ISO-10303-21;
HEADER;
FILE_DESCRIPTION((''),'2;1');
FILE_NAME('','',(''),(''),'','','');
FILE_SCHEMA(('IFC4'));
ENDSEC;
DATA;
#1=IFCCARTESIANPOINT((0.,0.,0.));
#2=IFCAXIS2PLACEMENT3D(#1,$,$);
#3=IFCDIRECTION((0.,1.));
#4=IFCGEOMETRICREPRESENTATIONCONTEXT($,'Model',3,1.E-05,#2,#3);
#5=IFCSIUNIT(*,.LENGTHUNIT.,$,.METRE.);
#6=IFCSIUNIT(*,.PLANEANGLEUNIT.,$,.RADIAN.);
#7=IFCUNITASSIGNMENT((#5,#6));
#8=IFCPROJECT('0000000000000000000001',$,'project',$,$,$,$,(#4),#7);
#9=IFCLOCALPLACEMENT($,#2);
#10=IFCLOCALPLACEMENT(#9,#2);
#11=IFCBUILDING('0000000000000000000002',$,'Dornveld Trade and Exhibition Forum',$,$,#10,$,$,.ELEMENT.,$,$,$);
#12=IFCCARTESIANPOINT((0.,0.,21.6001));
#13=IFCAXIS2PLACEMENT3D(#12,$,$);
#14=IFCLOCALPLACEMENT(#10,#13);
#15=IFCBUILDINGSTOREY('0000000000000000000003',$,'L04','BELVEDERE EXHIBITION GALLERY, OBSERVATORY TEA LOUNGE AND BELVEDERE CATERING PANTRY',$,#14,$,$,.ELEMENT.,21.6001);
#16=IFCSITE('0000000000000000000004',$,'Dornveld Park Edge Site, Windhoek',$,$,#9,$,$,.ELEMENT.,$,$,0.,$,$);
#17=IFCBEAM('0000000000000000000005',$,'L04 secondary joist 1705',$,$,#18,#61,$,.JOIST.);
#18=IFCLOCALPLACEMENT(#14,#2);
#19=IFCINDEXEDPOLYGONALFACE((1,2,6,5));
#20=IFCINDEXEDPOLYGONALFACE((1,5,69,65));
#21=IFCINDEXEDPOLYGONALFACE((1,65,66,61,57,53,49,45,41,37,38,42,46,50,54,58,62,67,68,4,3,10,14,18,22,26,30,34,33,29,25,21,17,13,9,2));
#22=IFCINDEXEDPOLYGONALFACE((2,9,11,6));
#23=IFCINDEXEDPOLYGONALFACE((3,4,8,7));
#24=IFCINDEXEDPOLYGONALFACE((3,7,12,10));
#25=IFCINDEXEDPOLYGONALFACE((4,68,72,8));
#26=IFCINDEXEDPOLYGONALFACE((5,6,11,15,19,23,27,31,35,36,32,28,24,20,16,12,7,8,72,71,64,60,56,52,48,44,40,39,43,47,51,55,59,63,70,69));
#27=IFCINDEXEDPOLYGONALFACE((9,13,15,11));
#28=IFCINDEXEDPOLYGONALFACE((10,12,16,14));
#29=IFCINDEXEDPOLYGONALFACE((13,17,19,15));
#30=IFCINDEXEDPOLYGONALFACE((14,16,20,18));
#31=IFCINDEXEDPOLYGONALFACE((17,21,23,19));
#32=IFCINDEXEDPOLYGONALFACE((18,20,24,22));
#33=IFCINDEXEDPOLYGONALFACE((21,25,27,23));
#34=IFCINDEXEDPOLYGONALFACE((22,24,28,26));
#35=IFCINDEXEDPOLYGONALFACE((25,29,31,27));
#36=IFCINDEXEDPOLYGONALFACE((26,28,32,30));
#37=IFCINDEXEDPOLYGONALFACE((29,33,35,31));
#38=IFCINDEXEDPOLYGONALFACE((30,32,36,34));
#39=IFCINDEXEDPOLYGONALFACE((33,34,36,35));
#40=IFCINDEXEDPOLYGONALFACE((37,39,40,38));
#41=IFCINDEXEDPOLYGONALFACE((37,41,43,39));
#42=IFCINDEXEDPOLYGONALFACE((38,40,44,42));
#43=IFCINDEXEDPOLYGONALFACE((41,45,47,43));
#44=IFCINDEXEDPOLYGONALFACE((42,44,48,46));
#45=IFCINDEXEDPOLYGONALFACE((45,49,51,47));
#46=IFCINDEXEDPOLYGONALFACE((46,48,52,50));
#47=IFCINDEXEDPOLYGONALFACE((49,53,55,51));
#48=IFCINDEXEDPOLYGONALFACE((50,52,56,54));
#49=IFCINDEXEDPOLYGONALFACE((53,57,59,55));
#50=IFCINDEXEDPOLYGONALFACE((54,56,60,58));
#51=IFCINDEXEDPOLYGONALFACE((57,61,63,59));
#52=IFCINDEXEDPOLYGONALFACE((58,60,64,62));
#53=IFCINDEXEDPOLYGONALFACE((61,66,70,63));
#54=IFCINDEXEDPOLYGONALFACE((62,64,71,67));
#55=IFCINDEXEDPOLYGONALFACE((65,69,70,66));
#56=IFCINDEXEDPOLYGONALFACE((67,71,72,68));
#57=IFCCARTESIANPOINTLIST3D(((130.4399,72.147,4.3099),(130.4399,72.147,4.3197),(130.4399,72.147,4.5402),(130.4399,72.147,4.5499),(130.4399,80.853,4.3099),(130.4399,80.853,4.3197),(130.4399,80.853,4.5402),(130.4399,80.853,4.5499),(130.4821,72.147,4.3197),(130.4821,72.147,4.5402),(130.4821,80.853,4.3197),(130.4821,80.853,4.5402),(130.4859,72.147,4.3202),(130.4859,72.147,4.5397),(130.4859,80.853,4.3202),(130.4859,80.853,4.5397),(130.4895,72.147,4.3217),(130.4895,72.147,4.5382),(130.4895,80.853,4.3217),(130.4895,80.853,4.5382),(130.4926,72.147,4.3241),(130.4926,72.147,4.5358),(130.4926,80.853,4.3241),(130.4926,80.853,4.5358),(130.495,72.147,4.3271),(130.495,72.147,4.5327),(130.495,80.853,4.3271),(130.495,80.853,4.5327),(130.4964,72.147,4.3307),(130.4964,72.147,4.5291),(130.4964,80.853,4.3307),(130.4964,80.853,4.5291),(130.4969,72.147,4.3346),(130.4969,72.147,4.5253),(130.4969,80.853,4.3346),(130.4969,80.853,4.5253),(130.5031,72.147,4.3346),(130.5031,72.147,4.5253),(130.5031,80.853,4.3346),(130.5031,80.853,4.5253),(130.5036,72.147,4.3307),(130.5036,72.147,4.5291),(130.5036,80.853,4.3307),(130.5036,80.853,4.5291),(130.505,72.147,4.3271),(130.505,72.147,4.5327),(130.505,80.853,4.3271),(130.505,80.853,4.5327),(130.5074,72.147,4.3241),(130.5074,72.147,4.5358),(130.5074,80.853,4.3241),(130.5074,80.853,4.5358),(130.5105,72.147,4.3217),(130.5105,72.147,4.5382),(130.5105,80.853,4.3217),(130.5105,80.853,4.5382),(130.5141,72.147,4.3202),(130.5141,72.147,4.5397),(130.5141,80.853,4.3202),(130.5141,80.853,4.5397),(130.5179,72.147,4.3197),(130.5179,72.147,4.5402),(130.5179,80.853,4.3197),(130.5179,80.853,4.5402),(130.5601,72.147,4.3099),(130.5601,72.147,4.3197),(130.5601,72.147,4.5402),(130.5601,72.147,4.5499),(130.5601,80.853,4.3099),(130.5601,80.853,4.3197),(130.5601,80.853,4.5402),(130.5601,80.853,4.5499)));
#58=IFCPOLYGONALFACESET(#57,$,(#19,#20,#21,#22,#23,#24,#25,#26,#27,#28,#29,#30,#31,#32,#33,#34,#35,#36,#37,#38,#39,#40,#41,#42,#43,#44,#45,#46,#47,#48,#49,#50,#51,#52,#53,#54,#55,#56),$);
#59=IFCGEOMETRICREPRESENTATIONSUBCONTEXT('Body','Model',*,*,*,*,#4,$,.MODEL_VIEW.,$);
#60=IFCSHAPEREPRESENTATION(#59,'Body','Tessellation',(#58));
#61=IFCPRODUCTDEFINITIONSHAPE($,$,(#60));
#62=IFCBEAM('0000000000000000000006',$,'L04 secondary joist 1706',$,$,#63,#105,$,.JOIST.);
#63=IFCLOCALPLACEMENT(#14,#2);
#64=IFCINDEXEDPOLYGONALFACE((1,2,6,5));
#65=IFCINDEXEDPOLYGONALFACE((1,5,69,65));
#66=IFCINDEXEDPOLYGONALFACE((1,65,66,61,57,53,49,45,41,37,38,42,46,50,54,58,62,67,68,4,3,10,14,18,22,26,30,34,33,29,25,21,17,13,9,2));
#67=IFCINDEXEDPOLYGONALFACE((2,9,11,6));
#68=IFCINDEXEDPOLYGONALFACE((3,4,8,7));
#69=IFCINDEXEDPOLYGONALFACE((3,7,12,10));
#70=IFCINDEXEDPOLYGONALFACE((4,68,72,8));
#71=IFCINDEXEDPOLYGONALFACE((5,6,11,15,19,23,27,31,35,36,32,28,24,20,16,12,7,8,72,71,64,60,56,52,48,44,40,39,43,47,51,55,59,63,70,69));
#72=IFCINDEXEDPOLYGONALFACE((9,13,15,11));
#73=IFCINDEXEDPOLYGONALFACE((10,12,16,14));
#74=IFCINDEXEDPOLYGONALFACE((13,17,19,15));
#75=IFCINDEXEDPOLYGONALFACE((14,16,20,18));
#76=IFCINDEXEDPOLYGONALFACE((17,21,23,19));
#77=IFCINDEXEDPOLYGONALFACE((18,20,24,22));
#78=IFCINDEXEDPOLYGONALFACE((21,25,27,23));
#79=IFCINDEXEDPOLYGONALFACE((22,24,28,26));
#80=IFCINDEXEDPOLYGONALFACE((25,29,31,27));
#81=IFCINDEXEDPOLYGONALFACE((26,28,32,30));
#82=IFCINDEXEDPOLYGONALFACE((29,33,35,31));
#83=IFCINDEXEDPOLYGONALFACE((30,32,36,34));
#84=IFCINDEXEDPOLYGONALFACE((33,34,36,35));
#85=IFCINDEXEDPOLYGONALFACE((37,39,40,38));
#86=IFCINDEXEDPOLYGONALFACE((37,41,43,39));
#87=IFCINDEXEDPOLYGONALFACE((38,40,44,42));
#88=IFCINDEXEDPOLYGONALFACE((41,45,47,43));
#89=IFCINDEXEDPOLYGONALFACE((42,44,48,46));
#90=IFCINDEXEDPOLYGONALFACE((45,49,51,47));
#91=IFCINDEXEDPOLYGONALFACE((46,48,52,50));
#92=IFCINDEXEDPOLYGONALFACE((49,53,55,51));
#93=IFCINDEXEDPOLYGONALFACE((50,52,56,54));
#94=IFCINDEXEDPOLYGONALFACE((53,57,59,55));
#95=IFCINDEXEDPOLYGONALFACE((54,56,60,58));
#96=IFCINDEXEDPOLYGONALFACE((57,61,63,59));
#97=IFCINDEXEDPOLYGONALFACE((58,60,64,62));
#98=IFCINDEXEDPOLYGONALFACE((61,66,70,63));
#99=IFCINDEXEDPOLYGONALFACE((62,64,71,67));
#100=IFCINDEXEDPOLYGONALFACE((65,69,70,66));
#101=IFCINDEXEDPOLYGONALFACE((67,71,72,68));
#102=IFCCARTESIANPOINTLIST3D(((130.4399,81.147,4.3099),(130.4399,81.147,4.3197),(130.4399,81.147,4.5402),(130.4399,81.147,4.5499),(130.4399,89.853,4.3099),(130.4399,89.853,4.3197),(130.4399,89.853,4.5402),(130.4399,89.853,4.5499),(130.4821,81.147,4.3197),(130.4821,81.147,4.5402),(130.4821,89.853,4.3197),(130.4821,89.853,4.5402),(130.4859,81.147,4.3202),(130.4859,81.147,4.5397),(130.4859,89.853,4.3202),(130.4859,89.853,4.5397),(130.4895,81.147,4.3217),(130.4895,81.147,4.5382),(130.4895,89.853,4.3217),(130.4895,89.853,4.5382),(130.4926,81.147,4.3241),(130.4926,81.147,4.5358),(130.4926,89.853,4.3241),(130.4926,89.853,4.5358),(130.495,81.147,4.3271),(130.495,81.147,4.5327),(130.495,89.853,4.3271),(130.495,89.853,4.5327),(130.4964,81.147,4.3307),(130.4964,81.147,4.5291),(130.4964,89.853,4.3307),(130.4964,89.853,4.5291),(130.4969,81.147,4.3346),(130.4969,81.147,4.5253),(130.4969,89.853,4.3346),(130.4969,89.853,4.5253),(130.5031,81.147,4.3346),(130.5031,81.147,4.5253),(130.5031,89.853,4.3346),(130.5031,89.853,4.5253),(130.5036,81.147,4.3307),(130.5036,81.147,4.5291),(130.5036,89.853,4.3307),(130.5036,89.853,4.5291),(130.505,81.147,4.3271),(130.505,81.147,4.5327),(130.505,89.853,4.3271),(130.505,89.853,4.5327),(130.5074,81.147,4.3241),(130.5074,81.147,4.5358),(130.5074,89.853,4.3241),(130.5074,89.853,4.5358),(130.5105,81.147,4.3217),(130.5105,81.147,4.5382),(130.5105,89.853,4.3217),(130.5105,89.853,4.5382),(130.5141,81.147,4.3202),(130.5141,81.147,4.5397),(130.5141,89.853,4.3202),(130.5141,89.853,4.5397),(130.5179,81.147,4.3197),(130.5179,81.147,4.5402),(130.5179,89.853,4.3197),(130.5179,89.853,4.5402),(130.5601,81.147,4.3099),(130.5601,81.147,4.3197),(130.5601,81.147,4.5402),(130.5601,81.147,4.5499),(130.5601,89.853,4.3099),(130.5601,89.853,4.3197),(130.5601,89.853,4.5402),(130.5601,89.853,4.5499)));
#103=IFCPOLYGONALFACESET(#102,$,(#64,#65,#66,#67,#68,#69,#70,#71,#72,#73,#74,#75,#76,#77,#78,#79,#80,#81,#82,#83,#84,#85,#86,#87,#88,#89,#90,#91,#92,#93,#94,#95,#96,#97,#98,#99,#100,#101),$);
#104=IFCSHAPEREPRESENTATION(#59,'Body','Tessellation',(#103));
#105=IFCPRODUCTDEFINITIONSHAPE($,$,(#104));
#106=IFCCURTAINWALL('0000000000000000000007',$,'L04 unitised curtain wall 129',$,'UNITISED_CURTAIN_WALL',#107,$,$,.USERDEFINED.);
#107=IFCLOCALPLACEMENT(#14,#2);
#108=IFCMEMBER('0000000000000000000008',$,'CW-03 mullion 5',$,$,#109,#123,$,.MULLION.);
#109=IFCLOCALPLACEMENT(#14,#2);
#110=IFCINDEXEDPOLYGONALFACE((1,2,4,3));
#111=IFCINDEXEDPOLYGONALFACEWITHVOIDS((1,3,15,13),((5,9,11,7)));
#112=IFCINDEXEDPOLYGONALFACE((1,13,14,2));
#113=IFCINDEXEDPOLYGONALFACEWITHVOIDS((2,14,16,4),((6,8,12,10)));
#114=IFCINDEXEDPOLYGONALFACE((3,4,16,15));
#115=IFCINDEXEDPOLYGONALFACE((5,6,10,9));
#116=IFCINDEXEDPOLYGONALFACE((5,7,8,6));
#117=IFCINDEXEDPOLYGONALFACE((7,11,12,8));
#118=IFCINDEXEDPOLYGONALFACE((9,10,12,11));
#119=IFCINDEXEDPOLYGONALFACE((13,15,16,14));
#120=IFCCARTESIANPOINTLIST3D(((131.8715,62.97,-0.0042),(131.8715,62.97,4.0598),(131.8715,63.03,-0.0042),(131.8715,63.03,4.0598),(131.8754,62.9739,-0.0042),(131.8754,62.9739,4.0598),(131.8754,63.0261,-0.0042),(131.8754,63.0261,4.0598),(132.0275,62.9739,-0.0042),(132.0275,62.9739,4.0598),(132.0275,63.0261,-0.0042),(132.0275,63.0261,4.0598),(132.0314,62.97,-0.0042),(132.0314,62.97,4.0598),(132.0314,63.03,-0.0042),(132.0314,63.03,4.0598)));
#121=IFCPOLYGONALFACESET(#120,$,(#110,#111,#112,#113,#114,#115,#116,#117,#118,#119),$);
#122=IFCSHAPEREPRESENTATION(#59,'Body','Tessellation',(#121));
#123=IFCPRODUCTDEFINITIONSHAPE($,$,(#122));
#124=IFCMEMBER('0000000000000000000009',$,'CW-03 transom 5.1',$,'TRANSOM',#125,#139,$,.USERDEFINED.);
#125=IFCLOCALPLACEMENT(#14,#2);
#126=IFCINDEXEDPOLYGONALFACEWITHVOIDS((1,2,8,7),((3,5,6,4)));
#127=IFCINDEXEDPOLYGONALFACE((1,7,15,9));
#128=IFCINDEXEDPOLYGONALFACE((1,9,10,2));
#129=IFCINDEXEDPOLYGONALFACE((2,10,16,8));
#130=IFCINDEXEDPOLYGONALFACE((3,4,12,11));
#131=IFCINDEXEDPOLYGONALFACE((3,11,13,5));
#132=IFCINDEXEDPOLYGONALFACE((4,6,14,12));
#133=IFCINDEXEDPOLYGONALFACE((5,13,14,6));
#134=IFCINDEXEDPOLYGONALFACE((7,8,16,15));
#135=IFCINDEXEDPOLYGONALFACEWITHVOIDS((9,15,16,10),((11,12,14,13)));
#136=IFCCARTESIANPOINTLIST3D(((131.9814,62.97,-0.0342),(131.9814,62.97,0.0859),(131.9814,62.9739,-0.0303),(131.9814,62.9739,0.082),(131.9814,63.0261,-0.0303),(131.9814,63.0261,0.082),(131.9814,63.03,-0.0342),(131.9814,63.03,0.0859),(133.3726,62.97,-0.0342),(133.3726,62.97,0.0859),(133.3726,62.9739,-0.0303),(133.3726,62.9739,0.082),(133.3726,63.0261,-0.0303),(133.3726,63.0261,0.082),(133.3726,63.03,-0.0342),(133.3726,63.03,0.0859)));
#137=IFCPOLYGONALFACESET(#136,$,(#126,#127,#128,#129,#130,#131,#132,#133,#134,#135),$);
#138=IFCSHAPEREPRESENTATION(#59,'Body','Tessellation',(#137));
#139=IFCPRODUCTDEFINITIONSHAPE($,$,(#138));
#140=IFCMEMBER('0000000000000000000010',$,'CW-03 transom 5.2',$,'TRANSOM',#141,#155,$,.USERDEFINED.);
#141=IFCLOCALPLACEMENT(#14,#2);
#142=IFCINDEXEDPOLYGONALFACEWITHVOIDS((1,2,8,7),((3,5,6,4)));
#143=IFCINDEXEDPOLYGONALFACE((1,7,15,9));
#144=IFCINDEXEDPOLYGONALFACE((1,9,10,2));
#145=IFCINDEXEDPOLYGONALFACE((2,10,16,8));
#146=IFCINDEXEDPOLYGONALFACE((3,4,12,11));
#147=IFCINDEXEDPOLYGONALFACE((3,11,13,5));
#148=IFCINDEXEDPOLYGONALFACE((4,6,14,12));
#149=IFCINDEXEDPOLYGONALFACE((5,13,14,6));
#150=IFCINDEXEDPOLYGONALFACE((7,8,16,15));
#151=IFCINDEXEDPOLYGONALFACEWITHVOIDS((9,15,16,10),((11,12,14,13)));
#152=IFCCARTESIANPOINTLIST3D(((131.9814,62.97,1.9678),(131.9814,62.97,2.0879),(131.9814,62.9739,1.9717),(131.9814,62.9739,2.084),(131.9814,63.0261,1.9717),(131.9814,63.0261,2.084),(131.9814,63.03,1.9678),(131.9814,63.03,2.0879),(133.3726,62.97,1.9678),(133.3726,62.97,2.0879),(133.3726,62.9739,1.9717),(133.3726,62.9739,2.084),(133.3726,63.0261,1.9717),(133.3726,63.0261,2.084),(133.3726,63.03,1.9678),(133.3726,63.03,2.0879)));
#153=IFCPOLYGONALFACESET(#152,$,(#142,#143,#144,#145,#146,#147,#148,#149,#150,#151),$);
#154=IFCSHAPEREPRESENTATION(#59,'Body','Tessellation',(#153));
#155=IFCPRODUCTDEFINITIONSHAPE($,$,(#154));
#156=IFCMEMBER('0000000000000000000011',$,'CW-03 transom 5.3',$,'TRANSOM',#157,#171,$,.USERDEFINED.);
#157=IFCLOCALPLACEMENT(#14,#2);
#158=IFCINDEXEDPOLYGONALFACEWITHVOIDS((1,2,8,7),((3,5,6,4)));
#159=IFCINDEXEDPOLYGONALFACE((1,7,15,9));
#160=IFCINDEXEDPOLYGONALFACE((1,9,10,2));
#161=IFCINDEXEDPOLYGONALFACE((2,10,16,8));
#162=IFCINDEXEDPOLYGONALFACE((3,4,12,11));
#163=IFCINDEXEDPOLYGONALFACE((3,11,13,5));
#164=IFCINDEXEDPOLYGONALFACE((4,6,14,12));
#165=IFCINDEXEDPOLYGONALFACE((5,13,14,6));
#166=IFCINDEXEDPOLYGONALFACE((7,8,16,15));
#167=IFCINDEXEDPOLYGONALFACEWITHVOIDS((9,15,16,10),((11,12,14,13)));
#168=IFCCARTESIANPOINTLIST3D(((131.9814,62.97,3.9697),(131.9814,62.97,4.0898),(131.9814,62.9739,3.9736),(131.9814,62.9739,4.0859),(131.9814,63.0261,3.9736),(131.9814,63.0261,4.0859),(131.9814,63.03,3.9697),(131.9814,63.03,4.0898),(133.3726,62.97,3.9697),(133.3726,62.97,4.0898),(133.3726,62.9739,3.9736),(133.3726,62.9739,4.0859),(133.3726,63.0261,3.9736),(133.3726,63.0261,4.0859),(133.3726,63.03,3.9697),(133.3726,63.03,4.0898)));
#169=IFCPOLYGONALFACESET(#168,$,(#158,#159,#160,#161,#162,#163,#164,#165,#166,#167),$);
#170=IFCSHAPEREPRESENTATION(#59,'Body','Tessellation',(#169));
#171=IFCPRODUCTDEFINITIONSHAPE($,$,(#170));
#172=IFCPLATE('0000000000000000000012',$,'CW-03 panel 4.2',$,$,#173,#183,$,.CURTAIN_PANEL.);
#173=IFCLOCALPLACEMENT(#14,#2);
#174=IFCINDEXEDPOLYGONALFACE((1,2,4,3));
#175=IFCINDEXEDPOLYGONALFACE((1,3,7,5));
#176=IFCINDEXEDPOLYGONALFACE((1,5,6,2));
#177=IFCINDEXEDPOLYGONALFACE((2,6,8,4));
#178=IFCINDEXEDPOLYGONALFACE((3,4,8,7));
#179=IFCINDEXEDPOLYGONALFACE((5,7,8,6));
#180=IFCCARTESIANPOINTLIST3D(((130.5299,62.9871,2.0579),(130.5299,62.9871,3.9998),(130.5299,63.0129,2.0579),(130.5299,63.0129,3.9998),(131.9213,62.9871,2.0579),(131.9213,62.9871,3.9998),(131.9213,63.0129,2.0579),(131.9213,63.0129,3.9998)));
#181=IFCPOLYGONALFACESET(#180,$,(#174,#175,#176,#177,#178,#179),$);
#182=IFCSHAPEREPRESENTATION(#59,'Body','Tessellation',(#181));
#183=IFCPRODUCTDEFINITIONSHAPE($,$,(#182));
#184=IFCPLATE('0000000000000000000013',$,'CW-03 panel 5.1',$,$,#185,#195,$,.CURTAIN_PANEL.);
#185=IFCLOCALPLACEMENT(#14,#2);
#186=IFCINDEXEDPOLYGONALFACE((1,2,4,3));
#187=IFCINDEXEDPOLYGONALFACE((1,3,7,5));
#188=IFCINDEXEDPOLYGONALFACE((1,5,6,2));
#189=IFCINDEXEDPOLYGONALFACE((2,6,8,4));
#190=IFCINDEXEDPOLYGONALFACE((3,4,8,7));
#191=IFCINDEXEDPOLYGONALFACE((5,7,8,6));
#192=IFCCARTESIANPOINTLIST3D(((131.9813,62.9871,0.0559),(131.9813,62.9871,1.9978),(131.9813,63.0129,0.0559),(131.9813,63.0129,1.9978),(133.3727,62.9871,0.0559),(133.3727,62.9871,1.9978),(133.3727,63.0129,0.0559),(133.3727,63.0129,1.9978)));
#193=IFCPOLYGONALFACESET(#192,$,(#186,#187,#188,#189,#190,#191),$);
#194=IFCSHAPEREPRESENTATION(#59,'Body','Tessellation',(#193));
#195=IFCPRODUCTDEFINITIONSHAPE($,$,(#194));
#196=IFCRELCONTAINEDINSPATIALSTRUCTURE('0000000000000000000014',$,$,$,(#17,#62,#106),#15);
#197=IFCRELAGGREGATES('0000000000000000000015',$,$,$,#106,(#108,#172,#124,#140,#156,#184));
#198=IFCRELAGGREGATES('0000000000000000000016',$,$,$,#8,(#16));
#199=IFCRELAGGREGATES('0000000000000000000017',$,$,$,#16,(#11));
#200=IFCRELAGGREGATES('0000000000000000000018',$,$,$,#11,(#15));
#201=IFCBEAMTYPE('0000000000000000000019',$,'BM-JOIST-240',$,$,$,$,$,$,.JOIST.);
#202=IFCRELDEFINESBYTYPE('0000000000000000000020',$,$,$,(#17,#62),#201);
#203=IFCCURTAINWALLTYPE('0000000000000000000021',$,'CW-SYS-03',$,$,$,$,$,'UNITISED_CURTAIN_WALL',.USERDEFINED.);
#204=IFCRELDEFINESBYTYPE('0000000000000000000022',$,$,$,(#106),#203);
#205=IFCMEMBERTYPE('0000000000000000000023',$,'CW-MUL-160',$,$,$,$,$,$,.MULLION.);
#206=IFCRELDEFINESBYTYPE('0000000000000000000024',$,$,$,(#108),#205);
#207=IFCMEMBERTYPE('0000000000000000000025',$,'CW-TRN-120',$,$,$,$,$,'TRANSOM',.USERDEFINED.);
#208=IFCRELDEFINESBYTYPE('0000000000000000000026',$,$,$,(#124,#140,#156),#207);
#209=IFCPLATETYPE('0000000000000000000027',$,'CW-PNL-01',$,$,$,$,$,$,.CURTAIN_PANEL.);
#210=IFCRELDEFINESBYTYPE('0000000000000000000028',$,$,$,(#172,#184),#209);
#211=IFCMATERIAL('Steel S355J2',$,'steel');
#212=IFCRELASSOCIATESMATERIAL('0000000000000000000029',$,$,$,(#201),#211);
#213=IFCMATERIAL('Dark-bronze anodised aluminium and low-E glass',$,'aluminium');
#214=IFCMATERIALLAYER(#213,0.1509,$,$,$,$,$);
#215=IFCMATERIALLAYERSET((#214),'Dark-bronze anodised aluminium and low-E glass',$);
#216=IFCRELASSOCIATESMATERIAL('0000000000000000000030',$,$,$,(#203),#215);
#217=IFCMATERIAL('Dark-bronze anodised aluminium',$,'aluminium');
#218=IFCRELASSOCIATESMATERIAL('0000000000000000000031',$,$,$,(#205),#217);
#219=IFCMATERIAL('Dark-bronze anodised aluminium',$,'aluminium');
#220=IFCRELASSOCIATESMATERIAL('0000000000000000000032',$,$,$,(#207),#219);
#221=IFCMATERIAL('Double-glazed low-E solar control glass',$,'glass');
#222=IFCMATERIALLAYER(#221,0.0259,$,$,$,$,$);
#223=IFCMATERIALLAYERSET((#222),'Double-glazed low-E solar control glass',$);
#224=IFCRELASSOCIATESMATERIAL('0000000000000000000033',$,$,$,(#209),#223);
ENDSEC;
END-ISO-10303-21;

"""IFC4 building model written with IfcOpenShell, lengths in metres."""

from ifc_helpers import new_model, si_unit, direction, frame, origin, origin_2d, place, context, subcontext, project, spatial, rectangle, hollow_rectangle, i_section, extrude, material, layer, layer_set, material_profile, profile_set, type_object, element, aggregate, save


model = new_model("IFC4")

# Units and contexts
model_context = context("Model", 3, precision=1e-05, world=origin(), true_north=direction((0.0, 1.0)))
body_context = subcontext(model_context, "Body", "Model", "MODEL_VIEW")
ifc_project = project(units=[si_unit("LENGTHUNIT", "METRE"), si_unit("PLANEANGLEUNIT", "RADIAN")], contexts=[model_context])

# Site, building, storey
site_placement = place(None, origin())
site = spatial("IfcSite", under=ifc_project, at=site_placement, Name="Dornveld Park Edge Site, Windhoek", CompositionType="ELEMENT", RefElevation=0.0)
building_placement = place(site_placement, origin())
building = spatial("IfcBuilding", under=site, at=building_placement, Name="Dornveld Trade and Exhibition Forum", CompositionType="ELEMENT")
storey_placement = place(building_placement, frame((0.0, 0.0, 21.6001)))
storey = spatial("IfcBuildingStorey", under=building, at=storey_placement, Name="L04", Description="BELVEDERE EXHIBITION GALLERY, OBSERVATORY TEA LOUNGE AND BELVEDERE CATERING PANTRY", CompositionType="ELEMENT", Elevation=21.6001)

# Beams
ifc_material_1 = material(Name="Steel S355J2", Category="steel")
ifc_material_profile_1 = material_profile(ifc_material_1, i_section(OverallWidth=0.1201, OverallDepth=0.24, WebThickness=0.0061, FlangeThickness=0.0098, FilletRadius=0.0149, at=origin_2d()), Name="IPE 240")
ifc_profile_set_1 = profile_set([ifc_material_profile_1], Name="Steel S355J2")
beam_type = type_object("IfcBeamType", Name="BM-JOIST-240", PredefinedType="JOIST", material=ifc_profile_set_1)
for number, where, z_axis, x_axis, name in (
    (1, (130.5, 72.147, 4.4299), (0.0, 1.0, 0.0), (-1.0, 0.0, 0.0), "L04 secondary joist 1705"),
    (2, (130.5, 81.147, 4.4299), (0.0, 1.0, 0.0), (-1.0, 0.0, 0.0), "L04 secondary joist 1706"),
):
    element("IfcBeam", number, at=place(storey_placement, frame(where, z_axis=z_axis, x_axis=x_axis)), inside=storey, type_object=beam_type, Name=name, PredefinedType="JOIST", context=body_context, shape_type="SweptSolid", body=[
        extrude(i_section(OverallWidth=0.1201, OverallDepth=0.24, WebThickness=0.0061, FlangeThickness=0.0098, FilletRadius=0.0149, at=origin_2d()), origin(), (0.0, 0.0, 1.0), 8.7061),
    ])

# Curtain wall, members, plates
ifc_material_2 = material(Name="Dark-bronze anodised aluminium and low-E glass", Category="aluminium")
ifc_layer_1 = layer(ifc_material_2, 0.1509)
ifc_layer_set_1 = layer_set([ifc_layer_1], Name="Dark-bronze anodised aluminium and low-E glass")
curtain_wall_type = type_object("IfcCurtainWallType", Name="CW-SYS-03", ElementType="UNITISED_CURTAIN_WALL", PredefinedType="USERDEFINED", material=ifc_layer_set_1)
curtain_wall_placement = place(storey_placement, origin())
curtain_wall = element("IfcCurtainWall", 3, at=curtain_wall_placement, inside=storey, type_object=curtain_wall_type, Name="L04 unitised curtain wall 129", ObjectType="UNITISED_CURTAIN_WALL", PredefinedType="USERDEFINED")
ifc_material_3 = material(Name="Dark-bronze anodised aluminium", Category="aluminium")
ifc_material_profile_2 = material_profile(ifc_material_3, hollow_rectangle(XDim=0.0601, YDim=0.1599, WallThickness=0.0039, at=origin_2d()), Name="RHS 160x60x4")
ifc_profile_set_2 = profile_set([ifc_material_profile_2], Name="Dark-bronze anodised aluminium")
member_type_1 = type_object("IfcMemberType", Name="CW-MUL-160", PredefinedType="MULLION", material=ifc_profile_set_2)
member_1_placement = place(storey_placement, frame((131.9514, 63.0, -0.0042), z_axis=(0.0, 0.0, 1.0), x_axis=(0.0, 1.0, 0.0)))
member_1 = element("IfcMember", 4, at=member_1_placement, type_object=member_type_1, Name="CW-03 mullion 5", PredefinedType="MULLION", context=body_context, shape_type="SweptSolid", body=[
    extrude(hollow_rectangle(XDim=0.0601, YDim=0.1599, WallThickness=0.0039, at=origin_2d()), origin(), (0.0, 0.0, 1.0), 4.064),
])
ifc_material_4 = material(Name="Dark-bronze anodised aluminium", Category="aluminium")
ifc_material_profile_3 = material_profile(ifc_material_4, hollow_rectangle(XDim=0.0601, YDim=0.1201, WallThickness=0.0039, at=origin_2d()), Name="RHS 120x60x4")
ifc_profile_set_3 = profile_set([ifc_material_profile_3], Name="Dark-bronze anodised aluminium")
member_type_2 = type_object("IfcMemberType", Name="CW-TRN-120", ElementType="TRANSOM", PredefinedType="USERDEFINED", material=ifc_profile_set_3)
member_2_placement = place(storey_placement, frame((131.9814, 63.0, 0.0259), z_axis=(1.0, 0.0, 0.0), x_axis=(0.0, 1.0, 0.0)))
member_2 = element("IfcMember", 5, at=member_2_placement, type_object=member_type_2, Name="CW-03 transom 5.1", ObjectType="TRANSOM", PredefinedType="USERDEFINED", context=body_context, shape_type="SweptSolid", body=[
    extrude(hollow_rectangle(XDim=0.0601, YDim=0.1201, WallThickness=0.0039, at=origin_2d()), origin(), (0.0, 0.0, 1.0), 1.3911),
])
member_3_placement = place(storey_placement, frame((131.9814, 63.0, 2.0278), z_axis=(1.0, 0.0, 0.0), x_axis=(0.0, 1.0, 0.0)))
member_3 = element("IfcMember", 6, at=member_3_placement, type_object=member_type_2, Name="CW-03 transom 5.2", ObjectType="TRANSOM", PredefinedType="USERDEFINED", context=body_context, shape_type="SweptSolid", body=[
    extrude(hollow_rectangle(XDim=0.0601, YDim=0.1201, WallThickness=0.0039, at=origin_2d()), origin(), (0.0, 0.0, 1.0), 1.3911),
])
member_4_placement = place(storey_placement, frame((131.9814, 63.0, 4.0298), z_axis=(1.0, 0.0, 0.0), x_axis=(0.0, 1.0, 0.0)))
member_4 = element("IfcMember", 7, at=member_4_placement, type_object=member_type_2, Name="CW-03 transom 5.3", ObjectType="TRANSOM", PredefinedType="USERDEFINED", context=body_context, shape_type="SweptSolid", body=[
    extrude(hollow_rectangle(XDim=0.0601, YDim=0.1201, WallThickness=0.0039, at=origin_2d()), origin(), (0.0, 0.0, 1.0), 1.3911),
])
ifc_material_5 = material(Name="Double-glazed low-E solar control glass", Category="glass")
ifc_layer_2 = layer(ifc_material_5, 0.0259)
ifc_layer_set_2 = layer_set([ifc_layer_2], Name="Double-glazed low-E solar control glass")
plate_type = type_object("IfcPlateType", Name="CW-PNL-01", PredefinedType="CURTAIN_PANEL", material=ifc_layer_set_2)
plate_1_placement = place(storey_placement, frame((131.2256, 63.0, 2.0579), z_axis=(0.0, 0.0, 1.0), x_axis=(1.0, 0.0, 0.0)))
plate_1 = element("IfcPlate", 8, at=plate_1_placement, type_object=plate_type, Name="CW-03 panel 4.2", PredefinedType="CURTAIN_PANEL", context=body_context, shape_type="SweptSolid", body=[
    extrude(rectangle(XDim=1.3914, YDim=0.0259, at=origin_2d()), origin(), (0.0, 0.0, 1.0), 1.9419),
])
plate_2_placement = place(storey_placement, frame((132.677, 63.0, 0.0559), z_axis=(0.0, 0.0, 1.0), x_axis=(1.0, 0.0, 0.0)))
plate_2 = element("IfcPlate", 9, at=plate_2_placement, type_object=plate_type, Name="CW-03 panel 5.1", PredefinedType="CURTAIN_PANEL", context=body_context, shape_type="SweptSolid", body=[
    extrude(rectangle(XDim=1.3914, YDim=0.0259, at=origin_2d()), origin(), (0.0, 0.0, 1.0), 1.9419),
])
aggregate(curtain_wall, [member_1, plate_1, member_2, member_3, member_4, plate_2])

save(model, "model.ifc")
